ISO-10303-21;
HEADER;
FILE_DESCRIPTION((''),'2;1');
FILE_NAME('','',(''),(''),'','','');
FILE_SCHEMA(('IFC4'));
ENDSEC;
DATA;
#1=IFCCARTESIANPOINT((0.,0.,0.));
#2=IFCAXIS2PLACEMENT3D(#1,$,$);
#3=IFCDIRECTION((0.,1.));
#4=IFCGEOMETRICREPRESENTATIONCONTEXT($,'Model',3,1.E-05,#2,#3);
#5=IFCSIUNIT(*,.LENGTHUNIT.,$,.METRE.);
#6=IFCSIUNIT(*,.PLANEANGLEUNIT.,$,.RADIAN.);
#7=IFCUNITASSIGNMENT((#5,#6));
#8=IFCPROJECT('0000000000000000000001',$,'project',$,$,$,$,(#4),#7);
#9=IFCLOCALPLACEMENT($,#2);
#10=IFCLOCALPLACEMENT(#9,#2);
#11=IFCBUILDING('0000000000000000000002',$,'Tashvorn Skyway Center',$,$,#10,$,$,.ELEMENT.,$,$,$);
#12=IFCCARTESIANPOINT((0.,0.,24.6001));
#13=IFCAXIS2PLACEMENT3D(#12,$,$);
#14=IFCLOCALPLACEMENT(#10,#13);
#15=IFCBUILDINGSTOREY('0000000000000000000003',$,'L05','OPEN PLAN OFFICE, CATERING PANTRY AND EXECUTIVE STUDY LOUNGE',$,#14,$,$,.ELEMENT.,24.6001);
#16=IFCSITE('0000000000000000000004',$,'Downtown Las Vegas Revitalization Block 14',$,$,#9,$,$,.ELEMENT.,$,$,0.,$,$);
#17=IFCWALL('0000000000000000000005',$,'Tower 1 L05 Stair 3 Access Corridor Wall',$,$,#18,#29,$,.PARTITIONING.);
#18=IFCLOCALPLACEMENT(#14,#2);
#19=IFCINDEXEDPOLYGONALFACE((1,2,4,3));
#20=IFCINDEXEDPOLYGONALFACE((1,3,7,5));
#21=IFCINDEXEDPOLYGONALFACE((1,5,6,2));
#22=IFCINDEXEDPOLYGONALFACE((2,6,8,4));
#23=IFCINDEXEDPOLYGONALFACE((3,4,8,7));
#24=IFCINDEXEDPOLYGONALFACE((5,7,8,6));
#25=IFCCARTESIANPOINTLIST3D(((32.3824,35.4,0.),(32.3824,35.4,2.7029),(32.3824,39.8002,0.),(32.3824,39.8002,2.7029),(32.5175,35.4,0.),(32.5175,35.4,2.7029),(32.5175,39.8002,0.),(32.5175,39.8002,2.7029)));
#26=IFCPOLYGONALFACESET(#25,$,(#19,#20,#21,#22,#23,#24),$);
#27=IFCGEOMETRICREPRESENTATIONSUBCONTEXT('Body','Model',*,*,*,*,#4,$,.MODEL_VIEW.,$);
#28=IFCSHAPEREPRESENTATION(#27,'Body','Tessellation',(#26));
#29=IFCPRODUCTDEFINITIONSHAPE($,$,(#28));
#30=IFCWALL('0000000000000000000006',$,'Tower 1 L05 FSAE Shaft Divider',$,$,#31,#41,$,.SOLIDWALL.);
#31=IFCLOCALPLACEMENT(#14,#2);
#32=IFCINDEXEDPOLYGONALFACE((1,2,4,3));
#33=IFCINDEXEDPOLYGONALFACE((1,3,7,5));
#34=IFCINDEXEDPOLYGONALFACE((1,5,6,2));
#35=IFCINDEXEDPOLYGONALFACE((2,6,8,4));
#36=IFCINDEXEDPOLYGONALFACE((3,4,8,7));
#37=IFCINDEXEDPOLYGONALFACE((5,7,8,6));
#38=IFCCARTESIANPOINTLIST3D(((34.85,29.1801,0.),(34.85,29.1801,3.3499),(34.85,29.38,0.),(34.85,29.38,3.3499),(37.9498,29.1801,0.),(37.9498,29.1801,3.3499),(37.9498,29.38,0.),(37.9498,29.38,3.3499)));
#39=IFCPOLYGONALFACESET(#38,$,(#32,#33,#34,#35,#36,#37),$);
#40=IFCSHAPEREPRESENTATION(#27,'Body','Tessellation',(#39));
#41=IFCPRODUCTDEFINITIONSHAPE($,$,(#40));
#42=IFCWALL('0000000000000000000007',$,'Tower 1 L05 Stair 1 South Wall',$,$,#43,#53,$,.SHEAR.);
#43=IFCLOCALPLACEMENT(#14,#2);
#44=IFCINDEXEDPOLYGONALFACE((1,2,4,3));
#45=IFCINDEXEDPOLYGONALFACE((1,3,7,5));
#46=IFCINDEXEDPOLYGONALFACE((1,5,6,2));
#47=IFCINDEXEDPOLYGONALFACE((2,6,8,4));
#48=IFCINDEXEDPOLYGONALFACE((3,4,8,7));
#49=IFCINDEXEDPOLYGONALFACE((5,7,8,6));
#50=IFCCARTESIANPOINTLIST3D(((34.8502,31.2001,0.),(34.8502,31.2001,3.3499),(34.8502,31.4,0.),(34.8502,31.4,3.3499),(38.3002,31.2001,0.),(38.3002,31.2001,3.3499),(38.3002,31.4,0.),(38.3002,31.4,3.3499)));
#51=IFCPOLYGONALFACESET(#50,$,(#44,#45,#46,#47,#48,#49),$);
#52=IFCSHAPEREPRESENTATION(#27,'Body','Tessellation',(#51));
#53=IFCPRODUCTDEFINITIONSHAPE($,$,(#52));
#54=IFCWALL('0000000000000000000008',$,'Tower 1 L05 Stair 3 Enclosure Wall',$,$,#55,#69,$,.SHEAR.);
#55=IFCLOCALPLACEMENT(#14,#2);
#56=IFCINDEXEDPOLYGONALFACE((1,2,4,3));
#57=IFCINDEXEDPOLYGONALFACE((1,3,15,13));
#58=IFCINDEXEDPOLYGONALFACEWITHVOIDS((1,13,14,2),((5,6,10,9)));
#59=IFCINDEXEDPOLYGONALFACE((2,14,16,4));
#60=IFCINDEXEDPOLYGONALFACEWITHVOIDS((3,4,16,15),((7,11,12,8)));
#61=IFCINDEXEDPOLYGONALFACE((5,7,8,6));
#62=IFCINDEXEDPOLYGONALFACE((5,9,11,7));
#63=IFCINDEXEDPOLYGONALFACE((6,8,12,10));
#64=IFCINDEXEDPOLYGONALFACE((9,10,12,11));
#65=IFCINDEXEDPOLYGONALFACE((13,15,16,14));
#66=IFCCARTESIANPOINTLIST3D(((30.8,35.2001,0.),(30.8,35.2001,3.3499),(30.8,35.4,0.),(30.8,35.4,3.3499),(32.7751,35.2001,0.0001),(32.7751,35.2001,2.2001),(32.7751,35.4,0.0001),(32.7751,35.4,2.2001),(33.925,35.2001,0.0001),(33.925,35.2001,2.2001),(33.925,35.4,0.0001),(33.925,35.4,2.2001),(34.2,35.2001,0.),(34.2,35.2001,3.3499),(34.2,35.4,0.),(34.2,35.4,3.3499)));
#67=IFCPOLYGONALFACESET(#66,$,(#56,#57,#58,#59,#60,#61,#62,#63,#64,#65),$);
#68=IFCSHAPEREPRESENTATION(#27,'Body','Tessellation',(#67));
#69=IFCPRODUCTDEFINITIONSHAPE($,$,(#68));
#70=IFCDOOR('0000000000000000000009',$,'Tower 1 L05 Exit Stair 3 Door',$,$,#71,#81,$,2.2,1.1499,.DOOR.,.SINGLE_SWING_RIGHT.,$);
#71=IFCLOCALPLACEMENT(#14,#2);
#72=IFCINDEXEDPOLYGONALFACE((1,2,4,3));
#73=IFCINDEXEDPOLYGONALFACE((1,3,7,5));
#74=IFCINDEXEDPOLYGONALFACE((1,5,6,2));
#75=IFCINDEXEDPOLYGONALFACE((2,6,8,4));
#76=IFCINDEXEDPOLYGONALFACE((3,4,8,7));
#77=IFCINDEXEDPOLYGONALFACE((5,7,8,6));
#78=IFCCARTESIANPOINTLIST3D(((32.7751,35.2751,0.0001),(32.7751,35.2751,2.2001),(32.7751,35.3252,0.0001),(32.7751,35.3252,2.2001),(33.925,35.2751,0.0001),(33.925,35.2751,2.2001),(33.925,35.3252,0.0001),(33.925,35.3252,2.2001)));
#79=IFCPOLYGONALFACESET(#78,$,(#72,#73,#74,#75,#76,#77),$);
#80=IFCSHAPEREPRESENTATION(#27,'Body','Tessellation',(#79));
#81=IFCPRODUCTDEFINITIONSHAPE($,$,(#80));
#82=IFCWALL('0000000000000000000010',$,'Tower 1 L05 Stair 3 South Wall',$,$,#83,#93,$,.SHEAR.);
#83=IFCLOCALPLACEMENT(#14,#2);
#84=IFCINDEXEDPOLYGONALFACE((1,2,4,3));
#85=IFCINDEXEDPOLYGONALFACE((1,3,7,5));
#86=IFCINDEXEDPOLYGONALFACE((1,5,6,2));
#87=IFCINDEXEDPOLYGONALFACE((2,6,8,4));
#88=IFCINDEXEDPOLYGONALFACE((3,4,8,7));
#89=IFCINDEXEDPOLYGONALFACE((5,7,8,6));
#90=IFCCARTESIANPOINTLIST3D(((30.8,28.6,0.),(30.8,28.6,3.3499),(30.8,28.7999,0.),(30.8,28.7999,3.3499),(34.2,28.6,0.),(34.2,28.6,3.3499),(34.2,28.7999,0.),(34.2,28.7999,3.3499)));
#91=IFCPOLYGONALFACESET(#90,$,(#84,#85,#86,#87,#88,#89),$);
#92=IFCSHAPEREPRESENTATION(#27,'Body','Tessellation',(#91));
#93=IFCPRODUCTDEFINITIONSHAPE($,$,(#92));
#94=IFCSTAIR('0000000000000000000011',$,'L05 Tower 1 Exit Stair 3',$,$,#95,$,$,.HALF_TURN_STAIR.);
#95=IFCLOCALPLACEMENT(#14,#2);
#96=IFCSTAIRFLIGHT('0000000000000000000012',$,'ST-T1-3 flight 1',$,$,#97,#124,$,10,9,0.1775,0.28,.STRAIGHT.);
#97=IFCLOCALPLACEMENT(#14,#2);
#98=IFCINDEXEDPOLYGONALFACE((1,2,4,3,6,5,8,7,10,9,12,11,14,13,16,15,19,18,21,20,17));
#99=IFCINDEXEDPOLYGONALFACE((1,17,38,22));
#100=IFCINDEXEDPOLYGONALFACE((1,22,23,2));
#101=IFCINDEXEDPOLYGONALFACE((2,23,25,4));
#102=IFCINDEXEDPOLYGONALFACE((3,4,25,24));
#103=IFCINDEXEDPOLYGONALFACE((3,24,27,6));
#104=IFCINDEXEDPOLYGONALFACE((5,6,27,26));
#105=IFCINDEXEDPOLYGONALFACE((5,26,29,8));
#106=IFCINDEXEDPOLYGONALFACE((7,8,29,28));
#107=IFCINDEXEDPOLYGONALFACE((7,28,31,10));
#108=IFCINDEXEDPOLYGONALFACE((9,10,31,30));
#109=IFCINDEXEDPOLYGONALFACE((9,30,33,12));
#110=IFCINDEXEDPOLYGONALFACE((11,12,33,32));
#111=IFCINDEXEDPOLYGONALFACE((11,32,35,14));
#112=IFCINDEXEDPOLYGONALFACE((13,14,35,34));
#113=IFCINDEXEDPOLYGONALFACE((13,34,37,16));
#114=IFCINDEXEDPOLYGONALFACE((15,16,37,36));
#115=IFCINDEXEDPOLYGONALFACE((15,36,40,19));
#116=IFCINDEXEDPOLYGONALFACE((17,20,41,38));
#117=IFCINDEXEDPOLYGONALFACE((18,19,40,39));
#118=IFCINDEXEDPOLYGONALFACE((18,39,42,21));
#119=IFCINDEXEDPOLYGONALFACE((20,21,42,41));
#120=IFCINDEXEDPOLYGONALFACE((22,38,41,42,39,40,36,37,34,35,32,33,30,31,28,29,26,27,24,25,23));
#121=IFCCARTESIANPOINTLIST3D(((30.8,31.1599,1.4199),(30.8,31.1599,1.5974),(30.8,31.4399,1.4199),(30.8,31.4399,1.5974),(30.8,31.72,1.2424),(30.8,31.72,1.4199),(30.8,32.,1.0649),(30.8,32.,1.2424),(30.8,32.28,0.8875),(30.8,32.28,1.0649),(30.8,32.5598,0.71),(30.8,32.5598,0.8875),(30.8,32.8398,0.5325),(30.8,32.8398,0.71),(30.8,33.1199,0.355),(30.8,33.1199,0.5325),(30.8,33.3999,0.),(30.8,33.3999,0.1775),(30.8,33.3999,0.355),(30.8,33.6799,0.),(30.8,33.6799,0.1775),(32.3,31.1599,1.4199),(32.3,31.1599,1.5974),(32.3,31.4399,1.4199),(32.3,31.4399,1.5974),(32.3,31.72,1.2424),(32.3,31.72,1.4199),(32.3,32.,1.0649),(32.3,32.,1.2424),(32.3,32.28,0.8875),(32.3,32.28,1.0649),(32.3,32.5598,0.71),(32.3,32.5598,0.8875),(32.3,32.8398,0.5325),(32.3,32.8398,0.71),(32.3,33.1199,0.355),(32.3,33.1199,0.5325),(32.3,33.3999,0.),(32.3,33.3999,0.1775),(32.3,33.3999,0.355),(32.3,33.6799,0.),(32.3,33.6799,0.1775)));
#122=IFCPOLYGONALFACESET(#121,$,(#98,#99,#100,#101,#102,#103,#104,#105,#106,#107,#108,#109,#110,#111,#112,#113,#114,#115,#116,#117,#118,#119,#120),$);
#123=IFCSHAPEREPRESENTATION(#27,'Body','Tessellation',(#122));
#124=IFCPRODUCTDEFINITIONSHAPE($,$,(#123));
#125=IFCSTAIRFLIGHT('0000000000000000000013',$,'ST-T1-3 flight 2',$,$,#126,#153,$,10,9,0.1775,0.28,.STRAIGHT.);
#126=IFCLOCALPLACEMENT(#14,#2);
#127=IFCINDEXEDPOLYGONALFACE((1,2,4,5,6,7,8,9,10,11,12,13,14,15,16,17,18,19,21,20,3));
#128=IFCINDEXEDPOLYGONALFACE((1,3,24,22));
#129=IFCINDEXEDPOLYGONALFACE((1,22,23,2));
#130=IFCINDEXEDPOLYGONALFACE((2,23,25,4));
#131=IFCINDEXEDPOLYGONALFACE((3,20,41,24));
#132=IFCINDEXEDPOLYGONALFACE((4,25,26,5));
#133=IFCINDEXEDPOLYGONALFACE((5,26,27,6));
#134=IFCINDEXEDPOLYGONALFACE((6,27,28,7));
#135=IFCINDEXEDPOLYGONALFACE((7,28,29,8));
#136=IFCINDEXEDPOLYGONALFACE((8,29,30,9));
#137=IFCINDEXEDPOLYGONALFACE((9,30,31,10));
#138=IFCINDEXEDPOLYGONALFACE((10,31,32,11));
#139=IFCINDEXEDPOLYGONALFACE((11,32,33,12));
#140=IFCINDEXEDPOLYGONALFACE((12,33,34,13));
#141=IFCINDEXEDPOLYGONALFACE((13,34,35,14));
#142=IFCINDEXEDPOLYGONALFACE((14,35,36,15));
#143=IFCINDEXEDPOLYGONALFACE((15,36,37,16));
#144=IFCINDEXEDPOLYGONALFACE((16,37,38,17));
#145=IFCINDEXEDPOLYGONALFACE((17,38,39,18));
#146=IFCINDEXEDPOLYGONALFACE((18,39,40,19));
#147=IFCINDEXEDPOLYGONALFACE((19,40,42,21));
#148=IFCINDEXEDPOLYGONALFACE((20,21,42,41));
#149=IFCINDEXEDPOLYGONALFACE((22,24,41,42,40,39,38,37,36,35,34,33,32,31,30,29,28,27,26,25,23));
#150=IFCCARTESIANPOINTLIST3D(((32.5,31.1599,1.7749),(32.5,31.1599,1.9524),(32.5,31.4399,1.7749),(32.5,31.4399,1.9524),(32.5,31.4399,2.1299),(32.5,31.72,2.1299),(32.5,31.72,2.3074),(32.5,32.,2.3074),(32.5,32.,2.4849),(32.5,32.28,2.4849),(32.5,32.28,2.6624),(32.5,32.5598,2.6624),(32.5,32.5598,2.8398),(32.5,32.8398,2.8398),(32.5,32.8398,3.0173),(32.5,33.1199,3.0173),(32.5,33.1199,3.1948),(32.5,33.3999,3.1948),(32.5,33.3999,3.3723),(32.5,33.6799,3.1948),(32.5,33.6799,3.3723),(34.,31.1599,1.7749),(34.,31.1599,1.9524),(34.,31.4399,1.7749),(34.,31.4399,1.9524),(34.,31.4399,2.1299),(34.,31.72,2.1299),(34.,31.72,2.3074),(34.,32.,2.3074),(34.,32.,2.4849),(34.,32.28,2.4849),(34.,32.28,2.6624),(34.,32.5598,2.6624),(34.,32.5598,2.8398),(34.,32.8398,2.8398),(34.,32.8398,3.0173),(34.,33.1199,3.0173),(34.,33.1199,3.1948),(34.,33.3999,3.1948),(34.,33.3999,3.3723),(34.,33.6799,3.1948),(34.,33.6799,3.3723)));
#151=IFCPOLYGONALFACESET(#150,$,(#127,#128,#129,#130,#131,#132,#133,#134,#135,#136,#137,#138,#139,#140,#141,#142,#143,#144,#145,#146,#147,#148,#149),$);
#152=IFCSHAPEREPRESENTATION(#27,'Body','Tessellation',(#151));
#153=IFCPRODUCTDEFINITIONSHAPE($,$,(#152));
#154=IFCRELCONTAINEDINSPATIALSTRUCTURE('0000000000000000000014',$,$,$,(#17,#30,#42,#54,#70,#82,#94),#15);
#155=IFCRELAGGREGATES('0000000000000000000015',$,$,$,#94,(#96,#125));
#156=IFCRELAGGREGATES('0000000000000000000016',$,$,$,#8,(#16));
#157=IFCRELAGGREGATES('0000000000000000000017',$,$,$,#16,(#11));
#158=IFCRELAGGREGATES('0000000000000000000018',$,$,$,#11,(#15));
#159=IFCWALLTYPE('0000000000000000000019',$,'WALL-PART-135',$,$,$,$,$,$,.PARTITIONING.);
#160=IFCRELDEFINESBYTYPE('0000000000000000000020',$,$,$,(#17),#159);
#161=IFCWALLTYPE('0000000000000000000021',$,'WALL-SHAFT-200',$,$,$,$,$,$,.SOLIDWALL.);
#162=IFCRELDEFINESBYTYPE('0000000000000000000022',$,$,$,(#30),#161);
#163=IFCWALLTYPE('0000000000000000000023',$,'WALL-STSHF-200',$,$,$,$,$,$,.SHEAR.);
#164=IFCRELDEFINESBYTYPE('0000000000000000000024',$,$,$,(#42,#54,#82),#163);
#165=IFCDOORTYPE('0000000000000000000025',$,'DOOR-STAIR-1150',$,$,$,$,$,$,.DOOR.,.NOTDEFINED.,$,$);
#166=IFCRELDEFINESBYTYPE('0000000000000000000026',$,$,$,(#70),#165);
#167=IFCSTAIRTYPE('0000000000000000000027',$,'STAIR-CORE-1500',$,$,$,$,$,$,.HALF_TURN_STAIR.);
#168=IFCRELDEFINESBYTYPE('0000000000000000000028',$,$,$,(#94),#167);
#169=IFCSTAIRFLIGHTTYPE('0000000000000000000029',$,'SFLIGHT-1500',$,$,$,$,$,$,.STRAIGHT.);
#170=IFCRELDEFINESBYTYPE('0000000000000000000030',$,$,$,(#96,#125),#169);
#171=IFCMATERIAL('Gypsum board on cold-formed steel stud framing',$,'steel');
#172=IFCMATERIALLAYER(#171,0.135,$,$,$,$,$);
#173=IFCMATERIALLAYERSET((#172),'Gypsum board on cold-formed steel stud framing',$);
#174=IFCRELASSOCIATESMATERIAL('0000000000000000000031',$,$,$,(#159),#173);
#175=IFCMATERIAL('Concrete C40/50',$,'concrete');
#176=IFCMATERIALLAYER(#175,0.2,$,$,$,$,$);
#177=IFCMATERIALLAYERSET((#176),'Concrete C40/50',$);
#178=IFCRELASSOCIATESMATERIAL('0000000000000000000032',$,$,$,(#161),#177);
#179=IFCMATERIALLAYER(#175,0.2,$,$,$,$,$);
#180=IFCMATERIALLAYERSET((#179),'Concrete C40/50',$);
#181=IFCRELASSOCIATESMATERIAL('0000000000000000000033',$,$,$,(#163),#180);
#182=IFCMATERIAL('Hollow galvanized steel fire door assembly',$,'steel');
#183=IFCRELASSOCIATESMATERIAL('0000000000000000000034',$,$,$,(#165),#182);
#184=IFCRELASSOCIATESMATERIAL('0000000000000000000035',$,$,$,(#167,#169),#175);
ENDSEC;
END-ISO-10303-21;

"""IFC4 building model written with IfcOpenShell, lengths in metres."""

from ifc_helpers import new_model, si_unit, direction, frame, frame_2d, origin, place, context, subcontext, project, spatial, polyline, rectangle, outline, extrude, material, layer, layer_set, type_object, element, fill, aggregate, save


model = new_model("IFC4")

# Units and contexts
model_context = context("Model", 3, precision=1e-05, world=origin(), true_north=direction((0.0, 1.0)))
body_context = subcontext(model_context, "Body", "Model", "MODEL_VIEW")
ifc_project = project(units=[si_unit("LENGTHUNIT", "METRE"), si_unit("PLANEANGLEUNIT", "RADIAN")], contexts=[model_context])

# Site, building, storey
site_placement = place(None, origin())
site = spatial("IfcSite", under=ifc_project, at=site_placement, Name="Downtown Las Vegas Revitalization Block 14", CompositionType="ELEMENT", RefElevation=0.0)
building_placement = place(site_placement, origin())
building = spatial("IfcBuilding", under=site, at=building_placement, Name="Tashvorn Skyway Center", CompositionType="ELEMENT")
storey_placement = place(building_placement, frame((0.0, 0.0, 24.6001)))
storey = spatial("IfcBuildingStorey", under=building, at=storey_placement, Name="L05", Description="OPEN PLAN OFFICE, CATERING PANTRY AND EXECUTIVE STUDY LOUNGE", CompositionType="ELEMENT", Elevation=24.6001)

# Walls
ifc_material_1 = material(Name="Gypsum board on cold-formed steel stud framing", Category="steel")
ifc_layer_1 = layer(ifc_material_1, 0.135)
ifc_layer_set_1 = layer_set([ifc_layer_1], Name="Gypsum board on cold-formed steel stud framing")
wall_type_1 = type_object("IfcWallType", Name="WALL-PART-135", PredefinedType="PARTITIONING", material=ifc_layer_set_1)
wall_1_placement = place(storey_placement, frame((32.45, 35.3999, 0.0), z_axis=(0.0, 0.0, 1.0), x_axis=(0.0, 1.0, 0.0)))
element("IfcWall", 1, at=wall_1_placement, inside=storey, type_object=wall_type_1, Name="Tower 1 L05 Stair 3 Access Corridor Wall", PredefinedType="PARTITIONING", context=body_context, shape_type="SweptSolid", body=[
    extrude(rectangle(XDim=4.4001, YDim=0.135, at=frame_2d((2.2002, 0.0))), origin(), (0.0, 0.0, 1.0), 2.7029),
])
ifc_material_2 = material(Name="Concrete C40/50", Category="concrete")
ifc_layer_2 = layer(ifc_material_2, 0.2)
ifc_layer_set_2 = layer_set([ifc_layer_2], Name="Concrete C40/50")
wall_type_2 = type_object("IfcWallType", Name="WALL-SHAFT-200", PredefinedType="SOLIDWALL", material=ifc_layer_set_2)
wall_2_placement = place(storey_placement, frame((34.8501, 29.28, 0.0), z_axis=(0.0, 0.0, 1.0), x_axis=(1.0, 0.0, 0.0)))
element("IfcWall", 2, at=wall_2_placement, inside=storey, type_object=wall_type_2, Name="Tower 1 L05 FSAE Shaft Divider", PredefinedType="SOLIDWALL", context=body_context, shape_type="SweptSolid", body=[
    extrude(rectangle(XDim=3.0999, YDim=0.2, at=frame_2d((1.5498, 0.0))), origin(), (0.0, 0.0, 1.0), 3.3499),
])
ifc_layer_3 = layer(ifc_material_2, 0.2)
ifc_layer_set_3 = layer_set([ifc_layer_3], Name="Concrete C40/50")
wall_type_3 = type_object("IfcWallType", Name="WALL-STSHF-200", PredefinedType="SHEAR", material=ifc_layer_set_3)
wall_3_placement = place(storey_placement, frame((34.8501, 31.3, 0.0), z_axis=(0.0, 0.0, 1.0), x_axis=(1.0, 0.0, 0.0)))
element("IfcWall", 3, at=wall_3_placement, inside=storey, type_object=wall_type_3, Name="Tower 1 L05 Stair 1 South Wall", PredefinedType="SHEAR", context=body_context, shape_type="SweptSolid", body=[
    extrude(rectangle(XDim=3.45, YDim=0.2, at=frame_2d((1.7251, 0.0))), origin(), (0.0, 0.0, 1.0), 3.3499),
])

# Wall, opening, door
wall_4_placement = place(storey_placement, frame((34.2, 35.3, 0.0), z_axis=(0.0, 0.0, 1.0), x_axis=(-1.0, 0.0, 0.0)))
wall_4 = element("IfcWall", 4, at=wall_4_placement, inside=storey, type_object=wall_type_3, Name="Tower 1 L05 Stair 3 Enclosure Wall", PredefinedType="SHEAR", context=body_context, shape_type="SweptSolid", body=[
    extrude(rectangle(XDim=3.3999, YDim=0.2, at=frame_2d((1.7, 0.0))), origin(), (0.0, 0.0, 1.0), 3.3499),
])
opening_placement = place(wall_4_placement, frame((0.2749, 0.0, 0.0)))
opening = element("IfcOpeningElement", 5, at=opening_placement, cuts=wall_4, PredefinedType="OPENING", context=body_context, shape_type="SweptSolid", body=[
    extrude(rectangle(XDim=1.1499, YDim=2.2, at=frame_2d((0.575, 1.1001))), frame((0.0, 0.1099, 0.0), z_axis=(0.0, -1.0, 0.0), x_axis=(1.0, 0.0, 0.0)), (0.0, 0.0, 1.0), 0.22),
])
ifc_material_3 = material(Name="Hollow galvanized steel fire door assembly", Category="steel")
door_type = type_object("IfcDoorType", Name="DOOR-STAIR-1150", OperationType="NOTDEFINED", PredefinedType="DOOR", material=ifc_material_3)
door_placement = place(opening_placement, origin())
door = element("IfcDoor", 6, at=door_placement, inside=storey, type_object=door_type, Name="Tower 1 L05 Exit Stair 3 Door", OperationType="SINGLE_SWING_RIGHT", OverallHeight=2.2, OverallWidth=1.1499, PredefinedType="DOOR", context=body_context, shape_type="SweptSolid", body=[
    extrude(rectangle(XDim=1.1499, YDim=2.2, at=frame_2d((0.575, 1.1001))), frame((0.0, 0.0249, 0.0), z_axis=(0.0, -1.0, 0.0), x_axis=(1.0, 0.0, 0.0)), (0.0, 0.0, 1.0), 0.05),
])
fill(opening, door)

# Wall
wall_5_placement = place(storey_placement, frame((30.8, 28.7, 0.0), z_axis=(0.0, 0.0, 1.0), x_axis=(1.0, 0.0, 0.0)))
element("IfcWall", 7, at=wall_5_placement, inside=storey, type_object=wall_type_3, Name="Tower 1 L05 Stair 3 South Wall", PredefinedType="SHEAR", context=body_context, shape_type="SweptSolid", body=[
    extrude(rectangle(XDim=3.3999, YDim=0.2, at=frame_2d((1.7, 0.0))), origin(), (0.0, 0.0, 1.0), 3.3499),
])

# Stair, stair flights
stair_type = type_object("IfcStairType", Name="STAIR-CORE-1500", PredefinedType="HALF_TURN_STAIR", material=ifc_material_2)
stair_placement = place(storey_placement, origin())
stair = element("IfcStair", 8, at=stair_placement, inside=storey, type_object=stair_type, Name="L05 Tower 1 Exit Stair 3", PredefinedType="HALF_TURN_STAIR")
stair_flight_type = type_object("IfcStairFlightType", Name="SFLIGHT-1500", PredefinedType="STRAIGHT", material=ifc_material_2)
stair_flight_1_placement = place(storey_placement, frame((31.55, 33.6799, 0.0), z_axis=(0.0, 0.0, 1.0), x_axis=(0.0, -1.0, 0.0)))
stair_flight_1 = element("IfcStairFlight", 9, at=stair_flight_1_placement, type_object=stair_flight_type, Name="ST-T1-3 flight 1", NumberOfRisers=10, NumberOfTreads=9, PredefinedType="STRAIGHT", RiserHeight=0.1775, TreadLength=0.28, context=body_context, shape_type="SweptSolid", body=[
    extrude(outline(polyline([(0.0, 0.0), (0.0, 0.1775), (0.28, 0.1775), (0.28, 0.355), (0.5601, 0.355), (0.5601, 0.5325), (0.8401, 0.5325), (0.8401, 0.71), (1.1201, 0.71), (1.1201, 0.8875), (1.3999, 0.8875), (1.3999, 1.0649), (1.6799, 1.0649), (1.6799, 1.2424), (1.96, 1.2424), (1.96, 1.4199), (2.24, 1.4199), (2.24, 1.5974), (2.52, 1.5974), (2.52, 1.7749), (2.52, 1.4199), (0.28, 0.0), (0.0, 0.0)])), frame((0.0, 0.75, 0.0), z_axis=(0.0, -1.0, 0.0), x_axis=(1.0, 0.0, 0.0)), (0.0, 0.0, 1.0), 1.5),
])
stair_flight_2_placement = place(storey_placement, frame((33.25, 31.1599, 1.7749), z_axis=(0.0, 0.0, 1.0), x_axis=(0.0, 1.0, 0.0)))
stair_flight_2 = element("IfcStairFlight", 10, at=stair_flight_2_placement, type_object=stair_flight_type, Name="ST-T1-3 flight 2", NumberOfRisers=10, NumberOfTreads=9, PredefinedType="STRAIGHT", RiserHeight=0.1775, TreadLength=0.28, context=body_context, shape_type="SweptSolid", body=[
    extrude(outline(polyline([(0.0, 0.0), (0.0, 0.1775), (0.28, 0.1775), (0.28, 0.355), (0.5601, 0.355), (0.5601, 0.5325), (0.8401, 0.5325), (0.8401, 0.71), (1.1201, 0.71), (1.1201, 0.8875), (1.3999, 0.8875), (1.3999, 1.0649), (1.6799, 1.0649), (1.6799, 1.2424), (1.96, 1.2424), (1.96, 1.4199), (2.24, 1.4199), (2.24, 1.5974), (2.52, 1.5974), (2.52, 1.7749), (2.52, 1.4199), (0.28, 0.0), (0.0, 0.0)])), frame((0.0, 0.75, 0.0), z_axis=(0.0, -1.0, 0.0), x_axis=(1.0, 0.0, 0.0)), (0.0, 0.0, 1.0), 1.5),
])
aggregate(stair, [stair_flight_1, stair_flight_2])

save(model, "model.ifc")
